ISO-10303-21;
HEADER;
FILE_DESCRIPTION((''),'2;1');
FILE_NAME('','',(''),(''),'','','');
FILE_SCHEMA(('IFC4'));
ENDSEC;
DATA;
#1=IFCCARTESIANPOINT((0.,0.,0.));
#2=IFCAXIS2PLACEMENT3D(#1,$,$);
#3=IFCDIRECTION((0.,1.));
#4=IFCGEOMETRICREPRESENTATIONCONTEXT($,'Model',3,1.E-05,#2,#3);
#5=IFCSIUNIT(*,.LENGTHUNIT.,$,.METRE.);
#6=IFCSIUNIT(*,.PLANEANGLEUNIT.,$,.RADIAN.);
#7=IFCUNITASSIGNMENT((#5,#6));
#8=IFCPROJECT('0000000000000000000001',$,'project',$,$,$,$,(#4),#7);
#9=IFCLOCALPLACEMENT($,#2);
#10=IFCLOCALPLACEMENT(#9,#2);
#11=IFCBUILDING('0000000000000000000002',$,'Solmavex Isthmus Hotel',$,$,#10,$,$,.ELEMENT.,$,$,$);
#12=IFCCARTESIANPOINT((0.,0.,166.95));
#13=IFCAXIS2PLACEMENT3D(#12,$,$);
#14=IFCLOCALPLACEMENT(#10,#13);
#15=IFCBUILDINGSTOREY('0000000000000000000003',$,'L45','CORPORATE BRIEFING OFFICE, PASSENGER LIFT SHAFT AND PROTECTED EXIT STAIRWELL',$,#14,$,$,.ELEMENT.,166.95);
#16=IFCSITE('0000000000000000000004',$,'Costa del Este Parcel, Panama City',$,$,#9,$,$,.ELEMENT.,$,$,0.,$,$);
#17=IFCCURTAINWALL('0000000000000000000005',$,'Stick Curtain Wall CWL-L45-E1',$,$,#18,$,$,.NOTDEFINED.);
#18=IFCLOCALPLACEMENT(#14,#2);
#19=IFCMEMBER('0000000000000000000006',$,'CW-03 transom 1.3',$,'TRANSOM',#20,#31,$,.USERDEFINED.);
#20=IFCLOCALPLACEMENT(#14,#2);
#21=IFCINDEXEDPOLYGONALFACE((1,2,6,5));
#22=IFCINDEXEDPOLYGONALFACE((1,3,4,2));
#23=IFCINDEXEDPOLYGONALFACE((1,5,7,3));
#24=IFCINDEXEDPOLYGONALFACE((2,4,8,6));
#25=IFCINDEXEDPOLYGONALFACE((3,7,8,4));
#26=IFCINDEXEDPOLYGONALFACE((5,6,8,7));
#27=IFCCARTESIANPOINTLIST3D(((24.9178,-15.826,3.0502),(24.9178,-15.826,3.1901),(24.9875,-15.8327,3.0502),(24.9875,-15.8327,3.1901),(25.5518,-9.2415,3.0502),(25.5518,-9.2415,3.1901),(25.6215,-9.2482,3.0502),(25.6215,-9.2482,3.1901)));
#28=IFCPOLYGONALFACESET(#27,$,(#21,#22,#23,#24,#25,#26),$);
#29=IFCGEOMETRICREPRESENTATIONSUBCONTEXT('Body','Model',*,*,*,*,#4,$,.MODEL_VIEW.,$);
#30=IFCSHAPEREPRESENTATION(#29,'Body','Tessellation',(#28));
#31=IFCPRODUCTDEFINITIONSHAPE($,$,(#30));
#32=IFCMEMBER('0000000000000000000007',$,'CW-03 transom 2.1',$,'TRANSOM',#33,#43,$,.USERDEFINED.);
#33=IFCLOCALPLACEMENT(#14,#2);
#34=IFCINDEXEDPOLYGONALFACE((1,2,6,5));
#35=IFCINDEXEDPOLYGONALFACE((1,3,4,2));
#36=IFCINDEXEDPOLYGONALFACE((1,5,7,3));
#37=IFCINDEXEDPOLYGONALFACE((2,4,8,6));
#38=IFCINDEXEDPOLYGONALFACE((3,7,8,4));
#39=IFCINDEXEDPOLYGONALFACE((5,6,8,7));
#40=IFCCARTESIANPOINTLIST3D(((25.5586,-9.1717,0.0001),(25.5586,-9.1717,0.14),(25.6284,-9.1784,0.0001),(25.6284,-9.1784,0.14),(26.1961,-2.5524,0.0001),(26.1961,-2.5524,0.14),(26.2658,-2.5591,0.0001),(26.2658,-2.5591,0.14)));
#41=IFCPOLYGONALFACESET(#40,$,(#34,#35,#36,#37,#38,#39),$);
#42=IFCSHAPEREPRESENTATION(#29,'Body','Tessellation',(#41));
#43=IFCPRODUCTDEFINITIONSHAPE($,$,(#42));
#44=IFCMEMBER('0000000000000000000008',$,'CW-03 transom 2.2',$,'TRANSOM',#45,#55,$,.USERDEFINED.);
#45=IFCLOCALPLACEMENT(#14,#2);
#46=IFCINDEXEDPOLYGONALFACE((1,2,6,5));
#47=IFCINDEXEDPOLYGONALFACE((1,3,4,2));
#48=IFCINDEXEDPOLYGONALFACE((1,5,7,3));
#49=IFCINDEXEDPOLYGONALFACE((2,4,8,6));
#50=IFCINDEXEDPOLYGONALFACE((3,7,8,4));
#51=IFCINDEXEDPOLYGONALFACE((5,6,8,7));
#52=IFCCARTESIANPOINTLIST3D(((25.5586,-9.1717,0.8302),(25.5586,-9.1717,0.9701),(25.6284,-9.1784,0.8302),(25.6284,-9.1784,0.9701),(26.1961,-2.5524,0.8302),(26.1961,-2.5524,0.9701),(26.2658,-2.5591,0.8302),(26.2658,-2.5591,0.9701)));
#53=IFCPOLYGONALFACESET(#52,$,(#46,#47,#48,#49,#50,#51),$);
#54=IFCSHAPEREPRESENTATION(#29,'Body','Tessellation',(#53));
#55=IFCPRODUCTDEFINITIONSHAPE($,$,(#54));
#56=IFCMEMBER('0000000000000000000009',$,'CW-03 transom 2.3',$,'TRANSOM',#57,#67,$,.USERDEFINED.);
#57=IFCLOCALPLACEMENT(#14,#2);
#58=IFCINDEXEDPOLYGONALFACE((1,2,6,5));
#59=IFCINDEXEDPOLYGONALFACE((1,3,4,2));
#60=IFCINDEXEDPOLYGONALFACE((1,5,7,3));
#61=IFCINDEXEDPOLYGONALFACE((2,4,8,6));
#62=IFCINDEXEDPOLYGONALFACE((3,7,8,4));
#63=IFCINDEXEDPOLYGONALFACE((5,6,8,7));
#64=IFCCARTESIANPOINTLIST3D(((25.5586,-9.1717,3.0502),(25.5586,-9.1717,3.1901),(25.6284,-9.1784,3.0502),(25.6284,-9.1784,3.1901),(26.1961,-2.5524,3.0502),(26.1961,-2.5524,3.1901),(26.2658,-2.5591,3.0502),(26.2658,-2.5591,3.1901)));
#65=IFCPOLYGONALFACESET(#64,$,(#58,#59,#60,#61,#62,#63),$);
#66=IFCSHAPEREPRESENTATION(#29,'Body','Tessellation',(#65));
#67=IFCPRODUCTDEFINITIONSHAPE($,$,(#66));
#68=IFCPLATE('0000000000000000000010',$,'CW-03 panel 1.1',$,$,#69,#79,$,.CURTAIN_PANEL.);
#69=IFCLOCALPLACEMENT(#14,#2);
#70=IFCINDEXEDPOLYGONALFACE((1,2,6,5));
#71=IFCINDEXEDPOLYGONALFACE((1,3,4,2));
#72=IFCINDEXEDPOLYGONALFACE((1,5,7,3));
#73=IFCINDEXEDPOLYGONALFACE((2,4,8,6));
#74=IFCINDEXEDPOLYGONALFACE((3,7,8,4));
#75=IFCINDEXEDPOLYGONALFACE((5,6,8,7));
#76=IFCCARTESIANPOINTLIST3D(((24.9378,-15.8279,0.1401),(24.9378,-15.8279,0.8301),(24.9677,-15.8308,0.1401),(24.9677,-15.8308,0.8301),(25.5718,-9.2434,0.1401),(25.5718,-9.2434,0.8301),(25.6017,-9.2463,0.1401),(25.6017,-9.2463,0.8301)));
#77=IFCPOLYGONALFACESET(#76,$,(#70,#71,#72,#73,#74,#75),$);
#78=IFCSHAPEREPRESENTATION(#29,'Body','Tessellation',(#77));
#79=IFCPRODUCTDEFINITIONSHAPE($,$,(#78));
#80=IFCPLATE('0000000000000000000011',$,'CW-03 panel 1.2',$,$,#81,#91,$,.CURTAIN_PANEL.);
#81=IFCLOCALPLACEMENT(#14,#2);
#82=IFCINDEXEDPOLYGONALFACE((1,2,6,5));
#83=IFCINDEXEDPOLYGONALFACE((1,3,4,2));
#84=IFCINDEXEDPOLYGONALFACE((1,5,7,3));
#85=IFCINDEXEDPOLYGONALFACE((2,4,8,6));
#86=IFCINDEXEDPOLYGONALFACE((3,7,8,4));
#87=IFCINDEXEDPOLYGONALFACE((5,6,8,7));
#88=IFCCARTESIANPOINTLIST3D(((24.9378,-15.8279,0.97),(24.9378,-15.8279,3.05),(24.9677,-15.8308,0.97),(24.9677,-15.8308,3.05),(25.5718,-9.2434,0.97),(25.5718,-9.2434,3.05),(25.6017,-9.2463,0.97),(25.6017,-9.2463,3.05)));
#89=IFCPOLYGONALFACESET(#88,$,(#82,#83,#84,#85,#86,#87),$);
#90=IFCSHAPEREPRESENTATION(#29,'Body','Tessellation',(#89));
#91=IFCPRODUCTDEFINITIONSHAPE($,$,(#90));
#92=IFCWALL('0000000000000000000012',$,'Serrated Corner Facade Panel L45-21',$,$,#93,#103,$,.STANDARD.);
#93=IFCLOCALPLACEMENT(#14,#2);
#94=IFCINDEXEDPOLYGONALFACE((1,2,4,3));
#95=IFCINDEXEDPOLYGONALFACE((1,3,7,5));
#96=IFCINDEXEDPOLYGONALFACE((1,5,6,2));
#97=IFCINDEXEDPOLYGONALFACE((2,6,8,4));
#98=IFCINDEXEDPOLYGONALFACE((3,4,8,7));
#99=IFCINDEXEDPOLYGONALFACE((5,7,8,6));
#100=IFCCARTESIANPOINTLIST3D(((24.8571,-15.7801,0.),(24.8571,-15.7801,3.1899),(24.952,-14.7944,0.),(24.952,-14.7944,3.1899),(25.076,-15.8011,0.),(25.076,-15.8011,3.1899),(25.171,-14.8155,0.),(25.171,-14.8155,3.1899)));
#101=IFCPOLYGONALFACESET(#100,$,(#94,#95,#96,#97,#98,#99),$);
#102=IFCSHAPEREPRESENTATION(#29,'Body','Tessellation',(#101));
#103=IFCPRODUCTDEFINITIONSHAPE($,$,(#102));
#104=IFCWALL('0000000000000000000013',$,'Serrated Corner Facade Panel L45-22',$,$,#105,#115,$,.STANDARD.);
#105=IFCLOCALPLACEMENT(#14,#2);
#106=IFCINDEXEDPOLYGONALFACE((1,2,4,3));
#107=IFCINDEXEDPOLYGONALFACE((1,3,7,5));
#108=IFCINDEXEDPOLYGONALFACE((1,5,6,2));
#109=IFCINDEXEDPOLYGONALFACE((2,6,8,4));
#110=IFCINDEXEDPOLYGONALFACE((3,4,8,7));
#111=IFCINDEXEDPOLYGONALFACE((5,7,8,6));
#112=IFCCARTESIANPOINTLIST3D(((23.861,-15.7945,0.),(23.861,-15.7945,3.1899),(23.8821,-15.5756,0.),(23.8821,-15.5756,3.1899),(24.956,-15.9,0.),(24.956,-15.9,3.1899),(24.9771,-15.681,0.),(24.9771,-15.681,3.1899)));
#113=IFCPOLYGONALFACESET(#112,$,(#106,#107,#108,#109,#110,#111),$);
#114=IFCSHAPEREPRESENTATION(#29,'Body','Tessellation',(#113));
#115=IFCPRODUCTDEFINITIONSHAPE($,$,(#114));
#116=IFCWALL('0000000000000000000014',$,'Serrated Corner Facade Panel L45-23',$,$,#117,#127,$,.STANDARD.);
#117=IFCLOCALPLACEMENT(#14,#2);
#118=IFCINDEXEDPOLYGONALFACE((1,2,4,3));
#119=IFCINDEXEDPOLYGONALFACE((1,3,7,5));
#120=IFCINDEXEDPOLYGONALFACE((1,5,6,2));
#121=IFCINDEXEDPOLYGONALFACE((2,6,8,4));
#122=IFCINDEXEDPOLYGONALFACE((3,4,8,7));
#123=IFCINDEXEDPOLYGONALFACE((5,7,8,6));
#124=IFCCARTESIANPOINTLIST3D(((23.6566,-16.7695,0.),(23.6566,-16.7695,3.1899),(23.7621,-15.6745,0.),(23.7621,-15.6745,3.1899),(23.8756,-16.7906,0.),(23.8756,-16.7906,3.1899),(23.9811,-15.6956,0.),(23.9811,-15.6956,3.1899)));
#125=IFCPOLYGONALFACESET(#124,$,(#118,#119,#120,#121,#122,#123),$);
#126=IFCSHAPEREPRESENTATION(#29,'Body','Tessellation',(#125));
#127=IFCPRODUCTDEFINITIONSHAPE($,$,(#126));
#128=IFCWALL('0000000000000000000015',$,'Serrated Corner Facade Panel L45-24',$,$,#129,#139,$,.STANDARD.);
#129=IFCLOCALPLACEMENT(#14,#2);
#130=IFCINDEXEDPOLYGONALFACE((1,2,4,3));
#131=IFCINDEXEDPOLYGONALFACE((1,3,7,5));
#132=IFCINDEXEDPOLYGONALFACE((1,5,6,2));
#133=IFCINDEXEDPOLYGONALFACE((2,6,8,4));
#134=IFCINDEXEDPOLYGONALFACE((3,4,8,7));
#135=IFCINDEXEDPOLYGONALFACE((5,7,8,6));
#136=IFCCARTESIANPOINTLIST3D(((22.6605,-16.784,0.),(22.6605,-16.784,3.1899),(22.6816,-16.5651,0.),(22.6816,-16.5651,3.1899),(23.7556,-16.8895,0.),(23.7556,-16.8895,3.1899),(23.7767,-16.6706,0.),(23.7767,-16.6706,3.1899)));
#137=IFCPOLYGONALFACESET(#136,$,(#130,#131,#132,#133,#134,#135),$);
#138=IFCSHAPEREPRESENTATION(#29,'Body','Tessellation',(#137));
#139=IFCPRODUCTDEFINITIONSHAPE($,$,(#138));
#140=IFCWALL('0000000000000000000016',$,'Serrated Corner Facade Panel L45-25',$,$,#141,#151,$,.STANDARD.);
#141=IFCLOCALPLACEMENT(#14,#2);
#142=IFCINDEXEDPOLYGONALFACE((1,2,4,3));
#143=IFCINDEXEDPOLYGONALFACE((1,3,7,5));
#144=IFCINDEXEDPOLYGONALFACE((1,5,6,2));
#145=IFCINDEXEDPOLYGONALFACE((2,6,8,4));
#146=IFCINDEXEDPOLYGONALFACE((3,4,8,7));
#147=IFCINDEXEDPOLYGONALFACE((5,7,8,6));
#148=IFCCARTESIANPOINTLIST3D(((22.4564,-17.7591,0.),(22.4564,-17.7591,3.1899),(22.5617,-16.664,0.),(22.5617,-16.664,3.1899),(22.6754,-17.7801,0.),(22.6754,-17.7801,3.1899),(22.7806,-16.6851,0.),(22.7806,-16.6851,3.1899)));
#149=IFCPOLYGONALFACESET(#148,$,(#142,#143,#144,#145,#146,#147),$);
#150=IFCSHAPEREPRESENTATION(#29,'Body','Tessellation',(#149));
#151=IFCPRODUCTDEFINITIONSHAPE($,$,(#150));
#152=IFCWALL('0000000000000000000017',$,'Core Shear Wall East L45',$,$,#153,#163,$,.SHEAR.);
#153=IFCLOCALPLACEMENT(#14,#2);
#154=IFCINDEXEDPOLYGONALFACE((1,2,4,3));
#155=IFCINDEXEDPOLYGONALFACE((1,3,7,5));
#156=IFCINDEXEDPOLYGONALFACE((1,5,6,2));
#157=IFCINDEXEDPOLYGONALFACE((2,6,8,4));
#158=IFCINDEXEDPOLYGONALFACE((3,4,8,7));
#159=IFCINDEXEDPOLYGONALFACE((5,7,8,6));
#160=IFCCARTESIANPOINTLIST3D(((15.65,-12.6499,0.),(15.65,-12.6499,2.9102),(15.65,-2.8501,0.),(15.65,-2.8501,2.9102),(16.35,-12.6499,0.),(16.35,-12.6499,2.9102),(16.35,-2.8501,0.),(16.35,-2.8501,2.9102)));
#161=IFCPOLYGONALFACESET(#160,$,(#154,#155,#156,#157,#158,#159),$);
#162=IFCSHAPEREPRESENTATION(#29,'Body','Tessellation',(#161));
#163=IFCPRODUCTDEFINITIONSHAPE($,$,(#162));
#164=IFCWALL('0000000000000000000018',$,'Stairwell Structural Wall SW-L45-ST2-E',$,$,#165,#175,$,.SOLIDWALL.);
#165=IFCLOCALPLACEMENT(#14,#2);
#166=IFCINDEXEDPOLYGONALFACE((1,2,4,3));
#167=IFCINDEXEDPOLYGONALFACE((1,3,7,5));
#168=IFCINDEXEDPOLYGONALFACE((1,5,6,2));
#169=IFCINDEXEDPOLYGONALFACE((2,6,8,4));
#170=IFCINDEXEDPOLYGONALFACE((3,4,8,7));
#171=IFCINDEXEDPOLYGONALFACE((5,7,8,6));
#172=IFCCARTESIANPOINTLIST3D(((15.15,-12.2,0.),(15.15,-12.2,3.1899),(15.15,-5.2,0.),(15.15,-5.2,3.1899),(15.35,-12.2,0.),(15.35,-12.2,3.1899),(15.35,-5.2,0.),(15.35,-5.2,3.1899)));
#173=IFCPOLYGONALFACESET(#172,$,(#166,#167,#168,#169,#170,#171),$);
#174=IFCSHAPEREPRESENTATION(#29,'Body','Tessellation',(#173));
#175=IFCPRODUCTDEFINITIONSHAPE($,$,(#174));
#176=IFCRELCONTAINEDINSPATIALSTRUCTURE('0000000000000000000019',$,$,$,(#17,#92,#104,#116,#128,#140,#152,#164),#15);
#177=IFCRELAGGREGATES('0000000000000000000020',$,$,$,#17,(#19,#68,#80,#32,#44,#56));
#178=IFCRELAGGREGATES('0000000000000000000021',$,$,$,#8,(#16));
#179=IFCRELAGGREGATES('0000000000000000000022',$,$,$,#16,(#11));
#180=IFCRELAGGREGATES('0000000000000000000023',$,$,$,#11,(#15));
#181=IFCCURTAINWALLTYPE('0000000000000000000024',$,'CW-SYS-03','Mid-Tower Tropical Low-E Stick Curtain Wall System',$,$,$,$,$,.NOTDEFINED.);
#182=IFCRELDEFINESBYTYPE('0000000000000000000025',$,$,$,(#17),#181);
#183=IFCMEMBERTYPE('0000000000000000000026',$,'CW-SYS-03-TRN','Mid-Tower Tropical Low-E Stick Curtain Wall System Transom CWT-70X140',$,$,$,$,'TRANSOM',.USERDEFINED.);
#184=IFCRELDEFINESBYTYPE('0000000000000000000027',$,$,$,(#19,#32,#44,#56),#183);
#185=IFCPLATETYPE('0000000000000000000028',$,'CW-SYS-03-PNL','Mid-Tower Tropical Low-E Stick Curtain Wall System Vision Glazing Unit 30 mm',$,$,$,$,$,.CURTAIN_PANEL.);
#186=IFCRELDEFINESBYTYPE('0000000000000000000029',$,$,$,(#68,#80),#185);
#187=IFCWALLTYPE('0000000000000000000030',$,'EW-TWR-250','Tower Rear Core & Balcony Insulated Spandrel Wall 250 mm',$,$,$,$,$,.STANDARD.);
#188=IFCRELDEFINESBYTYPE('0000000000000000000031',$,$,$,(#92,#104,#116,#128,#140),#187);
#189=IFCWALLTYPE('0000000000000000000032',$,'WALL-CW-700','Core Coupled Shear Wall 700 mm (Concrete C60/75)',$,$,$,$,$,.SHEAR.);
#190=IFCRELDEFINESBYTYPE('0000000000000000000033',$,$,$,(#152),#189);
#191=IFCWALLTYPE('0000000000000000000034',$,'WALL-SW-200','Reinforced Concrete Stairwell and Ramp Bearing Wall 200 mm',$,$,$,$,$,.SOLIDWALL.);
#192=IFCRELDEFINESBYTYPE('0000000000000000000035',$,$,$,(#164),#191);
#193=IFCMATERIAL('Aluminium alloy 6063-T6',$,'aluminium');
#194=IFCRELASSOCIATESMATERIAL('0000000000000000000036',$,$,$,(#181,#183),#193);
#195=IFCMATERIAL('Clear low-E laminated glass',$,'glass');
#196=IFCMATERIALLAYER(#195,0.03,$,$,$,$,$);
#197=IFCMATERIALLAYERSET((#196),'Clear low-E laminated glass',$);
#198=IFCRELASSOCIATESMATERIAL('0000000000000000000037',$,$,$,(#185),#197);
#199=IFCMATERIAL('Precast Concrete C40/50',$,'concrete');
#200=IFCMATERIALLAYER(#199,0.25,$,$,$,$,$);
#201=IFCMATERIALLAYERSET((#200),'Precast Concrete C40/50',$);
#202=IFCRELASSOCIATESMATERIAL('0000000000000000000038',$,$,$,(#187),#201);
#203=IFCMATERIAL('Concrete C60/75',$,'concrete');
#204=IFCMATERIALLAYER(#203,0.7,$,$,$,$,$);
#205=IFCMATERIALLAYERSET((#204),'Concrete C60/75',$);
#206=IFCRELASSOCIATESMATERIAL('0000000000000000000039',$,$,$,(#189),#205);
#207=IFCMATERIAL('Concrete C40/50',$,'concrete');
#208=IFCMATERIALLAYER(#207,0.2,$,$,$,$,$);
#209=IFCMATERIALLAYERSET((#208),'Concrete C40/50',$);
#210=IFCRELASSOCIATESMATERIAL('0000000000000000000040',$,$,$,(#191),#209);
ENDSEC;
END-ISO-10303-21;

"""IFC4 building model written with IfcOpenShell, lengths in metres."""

from ifc_helpers import new_model, si_unit, direction, frame, frame_2d, origin, origin_2d, place, context, subcontext, project, spatial, rectangle, extrude, material, layer, layer_set, material_profile, profile_set, type_object, element, aggregate, save


model = new_model("IFC4")

# Units and contexts
model_context = context("Model", 3, precision=1e-05, world=origin(), true_north=direction((0.0, 1.0)))
body_context = subcontext(model_context, "Body", "Model", "MODEL_VIEW")
ifc_project = project(units=[si_unit("LENGTHUNIT", "METRE"), si_unit("PLANEANGLEUNIT", "RADIAN")], contexts=[model_context])

# Site, building, storey
site_placement = place(None, origin())
site = spatial("IfcSite", under=ifc_project, at=site_placement, Name="Costa del Este Parcel, Panama City", CompositionType="ELEMENT", RefElevation=0.0)
building_placement = place(site_placement, origin())
building = spatial("IfcBuilding", under=site, at=building_placement, Name="Solmavex Isthmus Hotel", CompositionType="ELEMENT")
storey_placement = place(building_placement, frame((0.0, 0.0, 166.95)))
storey = spatial("IfcBuildingStorey", under=building, at=storey_placement, Name="L45", Description="CORPORATE BRIEFING OFFICE, PASSENGER LIFT SHAFT AND PROTECTED EXIT STAIRWELL", CompositionType="ELEMENT", Elevation=166.95)

# Shared definitions
ifc_material_1 = material(Name="Concrete C60/75", Category="concrete")

# Curtain wall, members, plates
ifc_material_2 = material(Name="Aluminium alloy 6063-T6", Category="aluminium")
curtain_wall_type = type_object("IfcCurtainWallType", Name="CW-SYS-03", Description="Mid-Tower Tropical Low-E Stick Curtain Wall System", PredefinedType="NOTDEFINED", material=ifc_material_2)
curtain_wall_placement = place(storey_placement, origin())
curtain_wall = element("IfcCurtainWall", 1, at=curtain_wall_placement, inside=storey, type_object=curtain_wall_type, Name="Stick Curtain Wall CWL-L45-E1", PredefinedType="NOTDEFINED")
ifc_material_profile_1 = material_profile(ifc_material_2, rectangle(XDim=0.0701, YDim=0.1399, at=origin_2d()), Name="CWT-70X140")
ifc_profile_set_1 = profile_set([ifc_material_profile_1], Name="Aluminium alloy 6063-T6")
member_type_1 = type_object("IfcMemberType", Name="CW-SYS-03-TRN", Description="Mid-Tower Tropical Low-E Stick Curtain Wall System Transom CWT-70X140", ElementType="TRANSOM", PredefinedType="USERDEFINED", material=ifc_profile_set_1)
member_1_placement = place(storey_placement, frame((24.9526, -15.8293, 3.1201), z_axis=(0.095849, 0.995396, 0.0), x_axis=(-0.995396, 0.095849, 0.0)))
member_1 = element("IfcMember", 2, at=member_1_placement, type_object=member_type_1, Name="CW-03 transom 1.3", ObjectType="TRANSOM", PredefinedType="USERDEFINED", context=body_context, shape_type="SweptSolid", body=[
    extrude(rectangle(XDim=0.0701, YDim=0.1399, at=origin_2d()), origin(), (0.0, 0.0, 1.0), 6.615),
])
member_2_placement = place(storey_placement, frame((25.5935, -9.175, 0.0701), z_axis=(0.095857, 0.995395, 0.0), x_axis=(-0.995395, 0.095857, 0.0)))
member_2 = element("IfcMember", 3, at=member_2_placement, type_object=member_type_1, Name="CW-03 transom 2.1", ObjectType="TRANSOM", PredefinedType="USERDEFINED", context=body_context, shape_type="SweptSolid", body=[
    extrude(rectangle(XDim=0.0701, YDim=0.1399, at=origin_2d()), origin(), (0.0, 0.0, 1.0), 6.6499),
])
member_3_placement = place(storey_placement, frame((25.5935, -9.175, 0.9001), z_axis=(0.095857, 0.995395, 0.0), x_axis=(-0.995395, 0.095857, 0.0)))
member_3 = element("IfcMember", 4, at=member_3_placement, type_object=member_type_1, Name="CW-03 transom 2.2", ObjectType="TRANSOM", PredefinedType="USERDEFINED", context=body_context, shape_type="SweptSolid", body=[
    extrude(rectangle(XDim=0.0701, YDim=0.1399, at=origin_2d()), origin(), (0.0, 0.0, 1.0), 6.6499),
])
member_4_placement = place(storey_placement, frame((25.5935, -9.175, 3.1201), z_axis=(0.095857, 0.995395, 0.0), x_axis=(-0.995395, 0.095857, 0.0)))
member_4 = element("IfcMember", 5, at=member_4_placement, type_object=member_type_1, Name="CW-03 transom 2.3", ObjectType="TRANSOM", PredefinedType="USERDEFINED", context=body_context, shape_type="SweptSolid", body=[
    extrude(rectangle(XDim=0.0701, YDim=0.1399, at=origin_2d()), origin(), (0.0, 0.0, 1.0), 6.6499),
])
ifc_material_3 = material(Name="Clear low-E laminated glass", Category="glass")
ifc_layer_1 = layer(ifc_material_3, 0.03)
ifc_layer_set_1 = layer_set([ifc_layer_1], Name="Clear low-E laminated glass")
plate_type = type_object("IfcPlateType", Name="CW-SYS-03-PNL", Description="Mid-Tower Tropical Low-E Stick Curtain Wall System Vision Glazing Unit 30 mm", PredefinedType="CURTAIN_PANEL", material=ifc_layer_set_1)
plate_1_placement = place(storey_placement, frame((25.2698, -12.5371, 0.1401), z_axis=(0.0, 0.0, 1.0), x_axis=(0.095846, 0.995396, 0.0)))
plate_1 = element("IfcPlate", 6, at=plate_1_placement, type_object=plate_type, Name="CW-03 panel 1.1", PredefinedType="CURTAIN_PANEL", context=body_context, shape_type="SweptSolid", body=[
    extrude(rectangle(XDim=6.615, YDim=0.03, at=origin_2d()), origin(), (0.0, 0.0, 1.0), 0.6899),
])
plate_2_placement = place(storey_placement, frame((25.2698, -12.5371, 0.97), z_axis=(0.0, 0.0, 1.0), x_axis=(0.095846, 0.995396, 0.0)))
plate_2 = element("IfcPlate", 7, at=plate_2_placement, type_object=plate_type, Name="CW-03 panel 1.2", PredefinedType="CURTAIN_PANEL", context=body_context, shape_type="SweptSolid", body=[
    extrude(rectangle(XDim=6.615, YDim=0.03, at=origin_2d()), origin(), (0.0, 0.0, 1.0), 2.0801),
])
aggregate(curtain_wall, [member_1, plate_1, plate_2, member_2, member_3, member_4])

# Walls
ifc_material_4 = material(Name="Precast Concrete C40/50", Category="concrete")
ifc_layer_2 = layer(ifc_material_4, 0.25)
ifc_layer_set_2 = layer_set([ifc_layer_2], Name="Precast Concrete C40/50")
wall_type_1 = type_object("IfcWallType", Name="EW-TWR-250", Description="Tower Rear Core & Balcony Insulated Spandrel Wall 250 mm", PredefinedType="STANDARD", material=ifc_layer_set_2)
wall_1_placement = place(storey_placement, frame((25.0615, -14.8049, 0.0), z_axis=(0.0, 0.0, 1.0), x_axis=(-0.095914, -0.99539, 0.0)))
element("IfcWall", 8, at=wall_1_placement, inside=storey, type_object=wall_type_1, Name="Serrated Corner Facade Panel L45-21", PredefinedType="STANDARD", context=body_context, shape_type="SweptSolid", body=[
    extrude(rectangle(XDim=0.9902, YDim=0.22, at=frame_2d((0.4951, 0.0))), origin(), (0.0, 0.0, 1.0), 3.1899),
])
for number, where, z_axis, x_axis, name in (
    (9, (24.9666, -15.7905, 0.0), (0.0, 0.0, 1.0), (-0.995393, 0.095877, 0.0), "Serrated Corner Facade Panel L45-22"),
    (10, (23.8716, -15.6851, 0.0), (0.0, 0.0, 1.0), (-0.095877, -0.995393, 0.0), "Serrated Corner Facade Panel L45-23"),
    (11, (23.7661, -16.78, 0.0), (0.0, 0.0, 1.0), (-0.995393, 0.095877, 0.0), "Serrated Corner Facade Panel L45-24"),
    (12, (22.6711, -16.6746, 0.0), (0.0, 0.0, 1.0), (-0.095657, -0.995414, 0.0), "Serrated Corner Facade Panel L45-25"),
):
    element("IfcWall", number, at=place(storey_placement, frame(where, z_axis=z_axis, x_axis=x_axis)), inside=storey, type_object=wall_type_1, Name=name, PredefinedType="STANDARD", context=body_context, shape_type="SweptSolid", body=[
        extrude(rectangle(XDim=1.1001, YDim=0.22, at=frame_2d((0.55, 0.0))), origin(), (0.0, 0.0, 1.0), 3.1899),
    ])
ifc_layer_3 = layer(ifc_material_1, 0.7)
ifc_layer_set_3 = layer_set([ifc_layer_3], Name="Concrete C60/75")
wall_type_2 = type_object("IfcWallType", Name="WALL-CW-700", Description="Core Coupled Shear Wall 700 mm (Concrete C60/75)", PredefinedType="SHEAR", material=ifc_layer_set_3)
wall_2_placement = place(storey_placement, frame((16.0, -12.6499, 0.0), z_axis=(0.0, 0.0, 1.0), x_axis=(0.0, 1.0, 0.0)))
element("IfcWall", 13, at=wall_2_placement, inside=storey, type_object=wall_type_2, Name="Core Shear Wall East L45", PredefinedType="SHEAR", context=body_context, shape_type="SweptSolid", body=[
    extrude(rectangle(XDim=9.7998, YDim=0.7, at=frame_2d((4.8999, 0.0))), origin(), (0.0, 0.0, 1.0), 2.9102),
])
ifc_material_5 = material(Name="Concrete C40/50", Category="concrete")
ifc_layer_4 = layer(ifc_material_5, 0.2)
ifc_layer_set_4 = layer_set([ifc_layer_4], Name="Concrete C40/50")
wall_type_3 = type_object("IfcWallType", Name="WALL-SW-200", Description="Reinforced Concrete Stairwell and Ramp Bearing Wall 200 mm", PredefinedType="SOLIDWALL", material=ifc_layer_set_4)
wall_3_placement = place(storey_placement, frame((15.25, -12.2, 0.0), z_axis=(0.0, 0.0, 1.0), x_axis=(0.0, 1.0, 0.0)))
element("IfcWall", 14, at=wall_3_placement, inside=storey, type_object=wall_type_3, Name="Stairwell Structural Wall SW-L45-ST2-E", PredefinedType="SOLIDWALL", context=body_context, shape_type="SweptSolid", body=[
    extrude(rectangle(XDim=7.0, YDim=0.2, at=frame_2d((3.5, 0.0))), origin(), (0.0, 0.0, 1.0), 3.1899),
])

save(model, "model.ifc")
